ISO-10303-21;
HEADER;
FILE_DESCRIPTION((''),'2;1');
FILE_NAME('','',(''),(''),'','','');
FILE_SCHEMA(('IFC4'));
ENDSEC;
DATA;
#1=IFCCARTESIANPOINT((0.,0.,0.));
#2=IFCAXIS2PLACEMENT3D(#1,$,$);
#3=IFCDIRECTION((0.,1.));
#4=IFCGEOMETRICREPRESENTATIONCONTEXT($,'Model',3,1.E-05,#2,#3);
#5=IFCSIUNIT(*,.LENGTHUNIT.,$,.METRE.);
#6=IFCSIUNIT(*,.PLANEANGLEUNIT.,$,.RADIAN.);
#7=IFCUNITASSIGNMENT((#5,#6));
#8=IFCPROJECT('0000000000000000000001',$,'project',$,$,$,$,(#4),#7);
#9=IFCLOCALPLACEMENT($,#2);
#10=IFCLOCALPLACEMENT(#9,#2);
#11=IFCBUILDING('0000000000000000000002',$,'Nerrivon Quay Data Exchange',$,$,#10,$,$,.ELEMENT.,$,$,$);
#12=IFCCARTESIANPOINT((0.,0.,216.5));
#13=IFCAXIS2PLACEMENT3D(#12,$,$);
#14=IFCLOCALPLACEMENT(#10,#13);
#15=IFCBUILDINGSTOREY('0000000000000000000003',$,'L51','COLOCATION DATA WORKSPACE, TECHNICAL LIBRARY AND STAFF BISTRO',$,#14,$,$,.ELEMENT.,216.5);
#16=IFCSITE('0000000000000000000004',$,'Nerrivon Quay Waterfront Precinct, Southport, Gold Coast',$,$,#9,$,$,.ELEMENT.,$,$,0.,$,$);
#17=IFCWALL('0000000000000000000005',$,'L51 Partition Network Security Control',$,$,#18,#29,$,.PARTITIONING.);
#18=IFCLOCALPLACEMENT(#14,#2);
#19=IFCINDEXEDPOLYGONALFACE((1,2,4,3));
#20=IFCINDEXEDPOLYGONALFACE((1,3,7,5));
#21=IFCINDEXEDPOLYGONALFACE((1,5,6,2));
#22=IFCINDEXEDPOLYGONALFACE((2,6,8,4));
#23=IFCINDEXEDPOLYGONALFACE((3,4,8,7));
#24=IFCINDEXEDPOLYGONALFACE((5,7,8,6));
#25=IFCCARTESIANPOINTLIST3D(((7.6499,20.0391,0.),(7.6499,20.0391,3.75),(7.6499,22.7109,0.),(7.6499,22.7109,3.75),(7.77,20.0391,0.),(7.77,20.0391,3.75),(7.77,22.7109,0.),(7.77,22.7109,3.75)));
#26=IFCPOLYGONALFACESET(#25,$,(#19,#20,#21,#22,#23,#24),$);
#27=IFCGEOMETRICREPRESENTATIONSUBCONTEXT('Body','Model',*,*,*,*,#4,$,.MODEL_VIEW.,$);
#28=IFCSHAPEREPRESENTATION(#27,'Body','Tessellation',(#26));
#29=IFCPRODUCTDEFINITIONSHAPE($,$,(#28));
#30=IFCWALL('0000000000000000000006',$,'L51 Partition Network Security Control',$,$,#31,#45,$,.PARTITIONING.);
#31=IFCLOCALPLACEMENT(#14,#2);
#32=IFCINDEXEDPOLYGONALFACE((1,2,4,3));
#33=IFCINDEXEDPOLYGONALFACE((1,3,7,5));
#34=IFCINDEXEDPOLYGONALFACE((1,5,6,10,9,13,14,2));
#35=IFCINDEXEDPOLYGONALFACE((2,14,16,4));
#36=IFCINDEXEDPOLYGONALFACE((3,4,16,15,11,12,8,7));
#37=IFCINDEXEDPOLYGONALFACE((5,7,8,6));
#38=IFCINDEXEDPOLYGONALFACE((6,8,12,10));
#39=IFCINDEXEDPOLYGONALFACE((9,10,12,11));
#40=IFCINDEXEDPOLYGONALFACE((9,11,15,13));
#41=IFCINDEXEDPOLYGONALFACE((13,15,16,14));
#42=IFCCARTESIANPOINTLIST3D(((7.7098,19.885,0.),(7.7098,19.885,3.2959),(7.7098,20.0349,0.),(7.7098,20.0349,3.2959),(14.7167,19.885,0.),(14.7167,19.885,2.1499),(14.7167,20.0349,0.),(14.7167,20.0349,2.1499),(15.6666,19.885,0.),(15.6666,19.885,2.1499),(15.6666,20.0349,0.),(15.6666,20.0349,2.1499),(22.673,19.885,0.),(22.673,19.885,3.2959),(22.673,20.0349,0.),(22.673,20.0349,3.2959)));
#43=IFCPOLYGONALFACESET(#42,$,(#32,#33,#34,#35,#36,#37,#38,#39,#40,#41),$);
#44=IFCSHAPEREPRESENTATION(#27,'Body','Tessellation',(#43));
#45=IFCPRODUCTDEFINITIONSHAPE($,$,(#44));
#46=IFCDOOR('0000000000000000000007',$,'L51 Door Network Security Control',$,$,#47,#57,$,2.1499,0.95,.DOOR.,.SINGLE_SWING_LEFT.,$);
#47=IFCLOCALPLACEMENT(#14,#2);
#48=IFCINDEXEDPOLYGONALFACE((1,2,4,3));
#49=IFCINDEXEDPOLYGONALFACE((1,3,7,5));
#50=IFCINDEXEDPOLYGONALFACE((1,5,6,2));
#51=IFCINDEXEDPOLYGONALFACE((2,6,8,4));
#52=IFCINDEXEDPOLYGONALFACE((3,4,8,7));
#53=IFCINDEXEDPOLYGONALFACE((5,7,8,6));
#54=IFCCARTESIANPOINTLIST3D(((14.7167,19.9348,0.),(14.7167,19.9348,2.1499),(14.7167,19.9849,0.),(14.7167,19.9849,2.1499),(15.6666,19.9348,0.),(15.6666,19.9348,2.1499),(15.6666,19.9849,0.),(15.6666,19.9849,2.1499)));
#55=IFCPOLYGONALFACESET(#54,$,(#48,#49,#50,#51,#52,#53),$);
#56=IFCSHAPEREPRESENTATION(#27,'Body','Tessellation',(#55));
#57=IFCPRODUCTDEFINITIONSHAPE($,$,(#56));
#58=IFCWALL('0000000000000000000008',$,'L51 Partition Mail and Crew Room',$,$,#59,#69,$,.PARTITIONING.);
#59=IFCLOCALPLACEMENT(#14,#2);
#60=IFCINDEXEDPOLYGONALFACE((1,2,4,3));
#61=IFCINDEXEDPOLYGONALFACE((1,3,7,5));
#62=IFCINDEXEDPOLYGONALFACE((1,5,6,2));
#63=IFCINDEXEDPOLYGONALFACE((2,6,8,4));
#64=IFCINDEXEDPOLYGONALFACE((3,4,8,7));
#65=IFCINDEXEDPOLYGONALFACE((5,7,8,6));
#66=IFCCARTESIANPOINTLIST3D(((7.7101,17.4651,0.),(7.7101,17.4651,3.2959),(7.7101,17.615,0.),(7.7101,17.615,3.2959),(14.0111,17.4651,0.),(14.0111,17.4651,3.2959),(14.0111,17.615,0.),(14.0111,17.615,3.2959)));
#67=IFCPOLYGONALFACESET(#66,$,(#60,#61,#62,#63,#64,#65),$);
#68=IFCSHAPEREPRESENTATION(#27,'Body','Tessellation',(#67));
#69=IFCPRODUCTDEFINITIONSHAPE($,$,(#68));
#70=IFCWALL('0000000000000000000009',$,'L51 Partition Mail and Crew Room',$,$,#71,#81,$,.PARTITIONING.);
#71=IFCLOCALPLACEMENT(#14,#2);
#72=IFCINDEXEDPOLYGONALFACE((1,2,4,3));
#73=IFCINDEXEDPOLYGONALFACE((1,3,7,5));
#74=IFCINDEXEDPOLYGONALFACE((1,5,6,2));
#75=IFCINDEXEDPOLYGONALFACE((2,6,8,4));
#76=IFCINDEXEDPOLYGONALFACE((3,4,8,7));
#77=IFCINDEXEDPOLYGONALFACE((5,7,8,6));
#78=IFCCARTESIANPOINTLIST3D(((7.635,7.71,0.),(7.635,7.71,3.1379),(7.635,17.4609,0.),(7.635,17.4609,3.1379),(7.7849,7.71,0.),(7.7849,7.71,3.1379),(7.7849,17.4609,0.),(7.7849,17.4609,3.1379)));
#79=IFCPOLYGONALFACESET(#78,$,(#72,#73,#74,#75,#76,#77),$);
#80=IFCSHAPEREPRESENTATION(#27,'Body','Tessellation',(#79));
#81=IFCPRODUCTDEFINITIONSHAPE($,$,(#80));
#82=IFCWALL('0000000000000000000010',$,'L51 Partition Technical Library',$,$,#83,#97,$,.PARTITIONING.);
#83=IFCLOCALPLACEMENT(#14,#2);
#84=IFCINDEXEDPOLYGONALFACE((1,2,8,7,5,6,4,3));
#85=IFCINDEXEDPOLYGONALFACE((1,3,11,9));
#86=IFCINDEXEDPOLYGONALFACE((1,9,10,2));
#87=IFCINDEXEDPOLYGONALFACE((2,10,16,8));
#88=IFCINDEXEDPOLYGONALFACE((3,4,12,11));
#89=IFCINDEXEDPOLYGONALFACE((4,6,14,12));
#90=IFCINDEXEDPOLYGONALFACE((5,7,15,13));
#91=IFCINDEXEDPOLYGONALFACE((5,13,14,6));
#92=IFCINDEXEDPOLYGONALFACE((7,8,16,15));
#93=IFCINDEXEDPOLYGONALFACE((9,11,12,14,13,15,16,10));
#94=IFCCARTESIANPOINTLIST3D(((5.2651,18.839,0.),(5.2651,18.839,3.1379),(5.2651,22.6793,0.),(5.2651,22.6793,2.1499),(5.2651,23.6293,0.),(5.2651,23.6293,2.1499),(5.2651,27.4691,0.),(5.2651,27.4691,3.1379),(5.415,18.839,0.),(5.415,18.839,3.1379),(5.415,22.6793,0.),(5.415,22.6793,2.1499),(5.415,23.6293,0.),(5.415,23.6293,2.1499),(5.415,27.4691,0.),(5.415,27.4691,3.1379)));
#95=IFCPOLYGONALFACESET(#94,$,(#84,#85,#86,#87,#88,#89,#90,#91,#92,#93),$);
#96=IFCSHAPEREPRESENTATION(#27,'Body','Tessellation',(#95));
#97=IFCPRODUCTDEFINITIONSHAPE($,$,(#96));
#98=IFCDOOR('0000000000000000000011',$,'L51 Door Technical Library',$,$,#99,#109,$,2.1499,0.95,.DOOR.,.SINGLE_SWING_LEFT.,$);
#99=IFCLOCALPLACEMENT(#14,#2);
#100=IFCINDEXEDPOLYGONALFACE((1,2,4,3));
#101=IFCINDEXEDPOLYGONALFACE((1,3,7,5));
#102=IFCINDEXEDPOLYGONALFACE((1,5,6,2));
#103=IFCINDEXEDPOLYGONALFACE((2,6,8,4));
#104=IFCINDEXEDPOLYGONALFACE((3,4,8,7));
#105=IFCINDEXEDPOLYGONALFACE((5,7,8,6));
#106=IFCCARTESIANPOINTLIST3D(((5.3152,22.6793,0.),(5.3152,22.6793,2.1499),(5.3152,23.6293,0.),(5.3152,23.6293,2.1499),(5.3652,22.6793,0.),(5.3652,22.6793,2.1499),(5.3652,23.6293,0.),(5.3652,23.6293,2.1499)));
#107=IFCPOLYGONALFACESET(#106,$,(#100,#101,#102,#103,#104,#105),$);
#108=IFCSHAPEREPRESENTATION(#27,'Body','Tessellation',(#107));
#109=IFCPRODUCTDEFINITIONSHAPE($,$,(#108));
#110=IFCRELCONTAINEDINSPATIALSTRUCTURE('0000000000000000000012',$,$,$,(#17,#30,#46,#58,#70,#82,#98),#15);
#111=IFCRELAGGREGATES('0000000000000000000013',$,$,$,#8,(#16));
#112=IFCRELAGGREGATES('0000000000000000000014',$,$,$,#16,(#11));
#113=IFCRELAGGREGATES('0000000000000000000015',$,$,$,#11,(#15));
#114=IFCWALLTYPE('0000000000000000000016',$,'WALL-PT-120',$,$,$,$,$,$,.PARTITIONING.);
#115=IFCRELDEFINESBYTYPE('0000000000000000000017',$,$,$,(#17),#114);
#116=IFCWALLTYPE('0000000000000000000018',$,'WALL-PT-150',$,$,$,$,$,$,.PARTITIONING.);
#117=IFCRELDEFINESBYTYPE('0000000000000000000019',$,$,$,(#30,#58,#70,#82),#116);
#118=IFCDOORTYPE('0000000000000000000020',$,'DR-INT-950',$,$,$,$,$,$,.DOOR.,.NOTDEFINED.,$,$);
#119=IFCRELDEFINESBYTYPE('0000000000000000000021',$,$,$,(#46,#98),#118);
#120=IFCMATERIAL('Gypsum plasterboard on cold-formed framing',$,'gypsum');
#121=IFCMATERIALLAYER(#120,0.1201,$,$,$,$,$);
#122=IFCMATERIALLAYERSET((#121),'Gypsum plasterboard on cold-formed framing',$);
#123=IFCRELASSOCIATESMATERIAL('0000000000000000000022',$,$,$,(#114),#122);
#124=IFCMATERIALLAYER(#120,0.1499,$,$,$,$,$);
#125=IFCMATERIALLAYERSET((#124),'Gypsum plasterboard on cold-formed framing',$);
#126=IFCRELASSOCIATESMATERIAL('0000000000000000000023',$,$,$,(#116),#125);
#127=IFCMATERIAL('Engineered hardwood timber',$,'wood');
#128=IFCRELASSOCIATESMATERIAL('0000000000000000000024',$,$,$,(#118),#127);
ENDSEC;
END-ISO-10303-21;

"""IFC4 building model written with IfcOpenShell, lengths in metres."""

from ifc_helpers import new_model, si_unit, direction, frame, frame_2d, origin, place, context, subcontext, project, spatial, rectangle, extrude, material, layer, layer_set, type_object, element, fill, save


model = new_model("IFC4")

# Units and contexts
model_context = context("Model", 3, precision=1e-05, world=origin(), true_north=direction((0.0, 1.0)))
body_context = subcontext(model_context, "Body", "Model", "MODEL_VIEW")
ifc_project = project(units=[si_unit("LENGTHUNIT", "METRE"), si_unit("PLANEANGLEUNIT", "RADIAN")], contexts=[model_context])

# Site, building, storey
site_placement = place(None, origin())
site = spatial("IfcSite", under=ifc_project, at=site_placement, Name="Nerrivon Quay Waterfront Precinct, Southport, Gold Coast", CompositionType="ELEMENT", RefElevation=0.0)
building_placement = place(site_placement, origin())
building = spatial("IfcBuilding", under=site, at=building_placement, Name="Nerrivon Quay Data Exchange", CompositionType="ELEMENT")
storey_placement = place(building_placement, frame((0.0, 0.0, 216.5)))
storey = spatial("IfcBuildingStorey", under=building, at=storey_placement, Name="L51", Description="COLOCATION DATA WORKSPACE, TECHNICAL LIBRARY AND STAFF BISTRO", CompositionType="ELEMENT", Elevation=216.5)

# Shared definitions
ifc_material_1 = material(Name="Gypsum plasterboard on cold-formed framing", Category="gypsum")

# Wall
ifc_layer_1 = layer(ifc_material_1, 0.1201)
ifc_layer_set_1 = layer_set([ifc_layer_1], Name="Gypsum plasterboard on cold-formed framing")
wall_type_1 = type_object("IfcWallType", Name="WALL-PT-120", PredefinedType="PARTITIONING", material=ifc_layer_set_1)
wall_1_placement = place(storey_placement, frame((7.71, 22.7109, 0.0), z_axis=(0.0, 0.0, 1.0), x_axis=(0.0, -1.0, 0.0)))
element("IfcWall", 1, at=wall_1_placement, inside=storey, type_object=wall_type_1, Name="L51 Partition Network Security Control", PredefinedType="PARTITIONING", context=body_context, shape_type="SweptSolid", body=[
    extrude(rectangle(XDim=2.6719, YDim=0.1201, at=frame_2d((1.3359, 0.0))), origin(), (0.0, 0.0, 1.0), 3.75),
])

# Wall, opening, door
ifc_layer_2 = layer(ifc_material_1, 0.1499)
ifc_layer_set_2 = layer_set([ifc_layer_2], Name="Gypsum plasterboard on cold-formed framing")
wall_type_2 = type_object("IfcWallType", Name="WALL-PT-150", PredefinedType="PARTITIONING", material=ifc_layer_set_2)
wall_2_placement = place(storey_placement, frame((7.71, 19.96, 0.0), z_axis=(0.0, 0.0, 1.0), x_axis=(1.0, 0.0, 0.0)))
wall_2 = element("IfcWall", 2, at=wall_2_placement, inside=storey, type_object=wall_type_2, Name="L51 Partition Network Security Control", PredefinedType="PARTITIONING", context=body_context, shape_type="SweptSolid", body=[
    extrude(rectangle(XDim=14.9631, YDim=0.1499, at=frame_2d((7.4814, 0.0))), origin(), (0.0, 0.0, 1.0), 3.2959),
])
opening_1_placement = place(wall_2_placement, frame((7.0066, 0.0, 0.0)))
opening_1 = element("IfcOpeningElement", 3, at=opening_1_placement, cuts=wall_2, PredefinedType="OPENING", context=body_context, shape_type="SweptSolid", body=[
    extrude(rectangle(XDim=0.95, YDim=2.1499, at=frame_2d((0.4751, 1.075))), frame((0.0, 0.085, 0.0), z_axis=(0.0, -1.0, 0.0), x_axis=(1.0, 0.0, 0.0)), (0.0, 0.0, 1.0), 0.1699),
])
ifc_material_2 = material(Name="Engineered hardwood timber", Category="wood")
door_type_1 = type_object("IfcDoorType", Name="DR-INT-950", OperationType="NOTDEFINED", PredefinedType="DOOR", material=ifc_material_2)
door_1_placement = place(opening_1_placement, origin())
door_1 = element("IfcDoor", 4, at=door_1_placement, inside=storey, type_object=door_type_1, Name="L51 Door Network Security Control", OperationType="SINGLE_SWING_LEFT", OverallHeight=2.1499, OverallWidth=0.95, PredefinedType="DOOR", context=body_context, shape_type="SweptSolid", body=[
    extrude(rectangle(XDim=0.95, YDim=2.1499, at=frame_2d((0.4751, 1.075))), frame((0.0, 0.0249, 0.0), z_axis=(0.0, -1.0, 0.0), x_axis=(1.0, 0.0, 0.0)), (0.0, 0.0, 1.0), 0.05),
])
fill(opening_1, door_1)

# Walls
wall_3_placement = place(storey_placement, frame((14.011, 17.54, 0.0), z_axis=(0.0, 0.0, 1.0), x_axis=(-1.0, 0.0, 0.0)))
element("IfcWall", 5, at=wall_3_placement, inside=storey, type_object=wall_type_2, Name="L51 Partition Mail and Crew Room", PredefinedType="PARTITIONING", context=body_context, shape_type="SweptSolid", body=[
    extrude(rectangle(XDim=6.301, YDim=0.1499, at=frame_2d((3.1504, 0.0))), origin(), (0.0, 0.0, 1.0), 3.2959),
])
wall_4_placement = place(storey_placement, frame((7.71, 17.4609, 0.0), z_axis=(0.0, 0.0, 1.0), x_axis=(0.0, -1.0, 0.0)))
element("IfcWall", 6, at=wall_4_placement, inside=storey, type_object=wall_type_2, Name="L51 Partition Mail and Crew Room", PredefinedType="PARTITIONING", context=body_context, shape_type="SweptSolid", body=[
    extrude(rectangle(XDim=9.751, YDim=0.1499, at=frame_2d((4.8755, 0.0))), origin(), (0.0, 0.0, 1.0), 3.1379),
])

# Wall, opening, door
wall_5_placement = place(storey_placement, frame((5.3401, 18.8391, 0.0), z_axis=(0.0, 0.0, 1.0), x_axis=(0.0, 1.0, 0.0)))
wall_5 = element("IfcWall", 7, at=wall_5_placement, inside=storey, type_object=wall_type_2, Name="L51 Partition Technical Library", PredefinedType="PARTITIONING", context=body_context, shape_type="SweptSolid", body=[
    extrude(rectangle(XDim=8.6301, YDim=0.1499, at=frame_2d((4.3149, 0.0))), origin(), (0.0, 0.0, 1.0), 3.1379),
])
opening_2_placement = place(wall_5_placement, frame((3.8401, 0.0, 0.0)))
opening_2 = element("IfcOpeningElement", 8, at=opening_2_placement, cuts=wall_5, PredefinedType="OPENING", context=body_context, shape_type="SweptSolid", body=[
    extrude(rectangle(XDim=0.95, YDim=2.1499, at=frame_2d((0.4751, 1.075))), frame((0.0, 0.085, 0.0), z_axis=(0.0, -1.0, 0.0), x_axis=(1.0, 0.0, 0.0)), (0.0, 0.0, 1.0), 0.1699),
])
door_2_placement = place(opening_2_placement, origin())
door_2 = element("IfcDoor", 9, at=door_2_placement, inside=storey, type_object=door_type_1, Name="L51 Door Technical Library", OperationType="SINGLE_SWING_LEFT", OverallHeight=2.1499, OverallWidth=0.95, PredefinedType="DOOR", context=body_context, shape_type="SweptSolid", body=[
    extrude(rectangle(XDim=0.95, YDim=2.1499, at=frame_2d((0.4751, 1.075))), frame((0.0, 0.0249, 0.0), z_axis=(0.0, -1.0, 0.0), x_axis=(1.0, 0.0, 0.0)), (0.0, 0.0, 1.0), 0.05),
])
fill(opening_2, door_2)

save(model, "model.ifc")
